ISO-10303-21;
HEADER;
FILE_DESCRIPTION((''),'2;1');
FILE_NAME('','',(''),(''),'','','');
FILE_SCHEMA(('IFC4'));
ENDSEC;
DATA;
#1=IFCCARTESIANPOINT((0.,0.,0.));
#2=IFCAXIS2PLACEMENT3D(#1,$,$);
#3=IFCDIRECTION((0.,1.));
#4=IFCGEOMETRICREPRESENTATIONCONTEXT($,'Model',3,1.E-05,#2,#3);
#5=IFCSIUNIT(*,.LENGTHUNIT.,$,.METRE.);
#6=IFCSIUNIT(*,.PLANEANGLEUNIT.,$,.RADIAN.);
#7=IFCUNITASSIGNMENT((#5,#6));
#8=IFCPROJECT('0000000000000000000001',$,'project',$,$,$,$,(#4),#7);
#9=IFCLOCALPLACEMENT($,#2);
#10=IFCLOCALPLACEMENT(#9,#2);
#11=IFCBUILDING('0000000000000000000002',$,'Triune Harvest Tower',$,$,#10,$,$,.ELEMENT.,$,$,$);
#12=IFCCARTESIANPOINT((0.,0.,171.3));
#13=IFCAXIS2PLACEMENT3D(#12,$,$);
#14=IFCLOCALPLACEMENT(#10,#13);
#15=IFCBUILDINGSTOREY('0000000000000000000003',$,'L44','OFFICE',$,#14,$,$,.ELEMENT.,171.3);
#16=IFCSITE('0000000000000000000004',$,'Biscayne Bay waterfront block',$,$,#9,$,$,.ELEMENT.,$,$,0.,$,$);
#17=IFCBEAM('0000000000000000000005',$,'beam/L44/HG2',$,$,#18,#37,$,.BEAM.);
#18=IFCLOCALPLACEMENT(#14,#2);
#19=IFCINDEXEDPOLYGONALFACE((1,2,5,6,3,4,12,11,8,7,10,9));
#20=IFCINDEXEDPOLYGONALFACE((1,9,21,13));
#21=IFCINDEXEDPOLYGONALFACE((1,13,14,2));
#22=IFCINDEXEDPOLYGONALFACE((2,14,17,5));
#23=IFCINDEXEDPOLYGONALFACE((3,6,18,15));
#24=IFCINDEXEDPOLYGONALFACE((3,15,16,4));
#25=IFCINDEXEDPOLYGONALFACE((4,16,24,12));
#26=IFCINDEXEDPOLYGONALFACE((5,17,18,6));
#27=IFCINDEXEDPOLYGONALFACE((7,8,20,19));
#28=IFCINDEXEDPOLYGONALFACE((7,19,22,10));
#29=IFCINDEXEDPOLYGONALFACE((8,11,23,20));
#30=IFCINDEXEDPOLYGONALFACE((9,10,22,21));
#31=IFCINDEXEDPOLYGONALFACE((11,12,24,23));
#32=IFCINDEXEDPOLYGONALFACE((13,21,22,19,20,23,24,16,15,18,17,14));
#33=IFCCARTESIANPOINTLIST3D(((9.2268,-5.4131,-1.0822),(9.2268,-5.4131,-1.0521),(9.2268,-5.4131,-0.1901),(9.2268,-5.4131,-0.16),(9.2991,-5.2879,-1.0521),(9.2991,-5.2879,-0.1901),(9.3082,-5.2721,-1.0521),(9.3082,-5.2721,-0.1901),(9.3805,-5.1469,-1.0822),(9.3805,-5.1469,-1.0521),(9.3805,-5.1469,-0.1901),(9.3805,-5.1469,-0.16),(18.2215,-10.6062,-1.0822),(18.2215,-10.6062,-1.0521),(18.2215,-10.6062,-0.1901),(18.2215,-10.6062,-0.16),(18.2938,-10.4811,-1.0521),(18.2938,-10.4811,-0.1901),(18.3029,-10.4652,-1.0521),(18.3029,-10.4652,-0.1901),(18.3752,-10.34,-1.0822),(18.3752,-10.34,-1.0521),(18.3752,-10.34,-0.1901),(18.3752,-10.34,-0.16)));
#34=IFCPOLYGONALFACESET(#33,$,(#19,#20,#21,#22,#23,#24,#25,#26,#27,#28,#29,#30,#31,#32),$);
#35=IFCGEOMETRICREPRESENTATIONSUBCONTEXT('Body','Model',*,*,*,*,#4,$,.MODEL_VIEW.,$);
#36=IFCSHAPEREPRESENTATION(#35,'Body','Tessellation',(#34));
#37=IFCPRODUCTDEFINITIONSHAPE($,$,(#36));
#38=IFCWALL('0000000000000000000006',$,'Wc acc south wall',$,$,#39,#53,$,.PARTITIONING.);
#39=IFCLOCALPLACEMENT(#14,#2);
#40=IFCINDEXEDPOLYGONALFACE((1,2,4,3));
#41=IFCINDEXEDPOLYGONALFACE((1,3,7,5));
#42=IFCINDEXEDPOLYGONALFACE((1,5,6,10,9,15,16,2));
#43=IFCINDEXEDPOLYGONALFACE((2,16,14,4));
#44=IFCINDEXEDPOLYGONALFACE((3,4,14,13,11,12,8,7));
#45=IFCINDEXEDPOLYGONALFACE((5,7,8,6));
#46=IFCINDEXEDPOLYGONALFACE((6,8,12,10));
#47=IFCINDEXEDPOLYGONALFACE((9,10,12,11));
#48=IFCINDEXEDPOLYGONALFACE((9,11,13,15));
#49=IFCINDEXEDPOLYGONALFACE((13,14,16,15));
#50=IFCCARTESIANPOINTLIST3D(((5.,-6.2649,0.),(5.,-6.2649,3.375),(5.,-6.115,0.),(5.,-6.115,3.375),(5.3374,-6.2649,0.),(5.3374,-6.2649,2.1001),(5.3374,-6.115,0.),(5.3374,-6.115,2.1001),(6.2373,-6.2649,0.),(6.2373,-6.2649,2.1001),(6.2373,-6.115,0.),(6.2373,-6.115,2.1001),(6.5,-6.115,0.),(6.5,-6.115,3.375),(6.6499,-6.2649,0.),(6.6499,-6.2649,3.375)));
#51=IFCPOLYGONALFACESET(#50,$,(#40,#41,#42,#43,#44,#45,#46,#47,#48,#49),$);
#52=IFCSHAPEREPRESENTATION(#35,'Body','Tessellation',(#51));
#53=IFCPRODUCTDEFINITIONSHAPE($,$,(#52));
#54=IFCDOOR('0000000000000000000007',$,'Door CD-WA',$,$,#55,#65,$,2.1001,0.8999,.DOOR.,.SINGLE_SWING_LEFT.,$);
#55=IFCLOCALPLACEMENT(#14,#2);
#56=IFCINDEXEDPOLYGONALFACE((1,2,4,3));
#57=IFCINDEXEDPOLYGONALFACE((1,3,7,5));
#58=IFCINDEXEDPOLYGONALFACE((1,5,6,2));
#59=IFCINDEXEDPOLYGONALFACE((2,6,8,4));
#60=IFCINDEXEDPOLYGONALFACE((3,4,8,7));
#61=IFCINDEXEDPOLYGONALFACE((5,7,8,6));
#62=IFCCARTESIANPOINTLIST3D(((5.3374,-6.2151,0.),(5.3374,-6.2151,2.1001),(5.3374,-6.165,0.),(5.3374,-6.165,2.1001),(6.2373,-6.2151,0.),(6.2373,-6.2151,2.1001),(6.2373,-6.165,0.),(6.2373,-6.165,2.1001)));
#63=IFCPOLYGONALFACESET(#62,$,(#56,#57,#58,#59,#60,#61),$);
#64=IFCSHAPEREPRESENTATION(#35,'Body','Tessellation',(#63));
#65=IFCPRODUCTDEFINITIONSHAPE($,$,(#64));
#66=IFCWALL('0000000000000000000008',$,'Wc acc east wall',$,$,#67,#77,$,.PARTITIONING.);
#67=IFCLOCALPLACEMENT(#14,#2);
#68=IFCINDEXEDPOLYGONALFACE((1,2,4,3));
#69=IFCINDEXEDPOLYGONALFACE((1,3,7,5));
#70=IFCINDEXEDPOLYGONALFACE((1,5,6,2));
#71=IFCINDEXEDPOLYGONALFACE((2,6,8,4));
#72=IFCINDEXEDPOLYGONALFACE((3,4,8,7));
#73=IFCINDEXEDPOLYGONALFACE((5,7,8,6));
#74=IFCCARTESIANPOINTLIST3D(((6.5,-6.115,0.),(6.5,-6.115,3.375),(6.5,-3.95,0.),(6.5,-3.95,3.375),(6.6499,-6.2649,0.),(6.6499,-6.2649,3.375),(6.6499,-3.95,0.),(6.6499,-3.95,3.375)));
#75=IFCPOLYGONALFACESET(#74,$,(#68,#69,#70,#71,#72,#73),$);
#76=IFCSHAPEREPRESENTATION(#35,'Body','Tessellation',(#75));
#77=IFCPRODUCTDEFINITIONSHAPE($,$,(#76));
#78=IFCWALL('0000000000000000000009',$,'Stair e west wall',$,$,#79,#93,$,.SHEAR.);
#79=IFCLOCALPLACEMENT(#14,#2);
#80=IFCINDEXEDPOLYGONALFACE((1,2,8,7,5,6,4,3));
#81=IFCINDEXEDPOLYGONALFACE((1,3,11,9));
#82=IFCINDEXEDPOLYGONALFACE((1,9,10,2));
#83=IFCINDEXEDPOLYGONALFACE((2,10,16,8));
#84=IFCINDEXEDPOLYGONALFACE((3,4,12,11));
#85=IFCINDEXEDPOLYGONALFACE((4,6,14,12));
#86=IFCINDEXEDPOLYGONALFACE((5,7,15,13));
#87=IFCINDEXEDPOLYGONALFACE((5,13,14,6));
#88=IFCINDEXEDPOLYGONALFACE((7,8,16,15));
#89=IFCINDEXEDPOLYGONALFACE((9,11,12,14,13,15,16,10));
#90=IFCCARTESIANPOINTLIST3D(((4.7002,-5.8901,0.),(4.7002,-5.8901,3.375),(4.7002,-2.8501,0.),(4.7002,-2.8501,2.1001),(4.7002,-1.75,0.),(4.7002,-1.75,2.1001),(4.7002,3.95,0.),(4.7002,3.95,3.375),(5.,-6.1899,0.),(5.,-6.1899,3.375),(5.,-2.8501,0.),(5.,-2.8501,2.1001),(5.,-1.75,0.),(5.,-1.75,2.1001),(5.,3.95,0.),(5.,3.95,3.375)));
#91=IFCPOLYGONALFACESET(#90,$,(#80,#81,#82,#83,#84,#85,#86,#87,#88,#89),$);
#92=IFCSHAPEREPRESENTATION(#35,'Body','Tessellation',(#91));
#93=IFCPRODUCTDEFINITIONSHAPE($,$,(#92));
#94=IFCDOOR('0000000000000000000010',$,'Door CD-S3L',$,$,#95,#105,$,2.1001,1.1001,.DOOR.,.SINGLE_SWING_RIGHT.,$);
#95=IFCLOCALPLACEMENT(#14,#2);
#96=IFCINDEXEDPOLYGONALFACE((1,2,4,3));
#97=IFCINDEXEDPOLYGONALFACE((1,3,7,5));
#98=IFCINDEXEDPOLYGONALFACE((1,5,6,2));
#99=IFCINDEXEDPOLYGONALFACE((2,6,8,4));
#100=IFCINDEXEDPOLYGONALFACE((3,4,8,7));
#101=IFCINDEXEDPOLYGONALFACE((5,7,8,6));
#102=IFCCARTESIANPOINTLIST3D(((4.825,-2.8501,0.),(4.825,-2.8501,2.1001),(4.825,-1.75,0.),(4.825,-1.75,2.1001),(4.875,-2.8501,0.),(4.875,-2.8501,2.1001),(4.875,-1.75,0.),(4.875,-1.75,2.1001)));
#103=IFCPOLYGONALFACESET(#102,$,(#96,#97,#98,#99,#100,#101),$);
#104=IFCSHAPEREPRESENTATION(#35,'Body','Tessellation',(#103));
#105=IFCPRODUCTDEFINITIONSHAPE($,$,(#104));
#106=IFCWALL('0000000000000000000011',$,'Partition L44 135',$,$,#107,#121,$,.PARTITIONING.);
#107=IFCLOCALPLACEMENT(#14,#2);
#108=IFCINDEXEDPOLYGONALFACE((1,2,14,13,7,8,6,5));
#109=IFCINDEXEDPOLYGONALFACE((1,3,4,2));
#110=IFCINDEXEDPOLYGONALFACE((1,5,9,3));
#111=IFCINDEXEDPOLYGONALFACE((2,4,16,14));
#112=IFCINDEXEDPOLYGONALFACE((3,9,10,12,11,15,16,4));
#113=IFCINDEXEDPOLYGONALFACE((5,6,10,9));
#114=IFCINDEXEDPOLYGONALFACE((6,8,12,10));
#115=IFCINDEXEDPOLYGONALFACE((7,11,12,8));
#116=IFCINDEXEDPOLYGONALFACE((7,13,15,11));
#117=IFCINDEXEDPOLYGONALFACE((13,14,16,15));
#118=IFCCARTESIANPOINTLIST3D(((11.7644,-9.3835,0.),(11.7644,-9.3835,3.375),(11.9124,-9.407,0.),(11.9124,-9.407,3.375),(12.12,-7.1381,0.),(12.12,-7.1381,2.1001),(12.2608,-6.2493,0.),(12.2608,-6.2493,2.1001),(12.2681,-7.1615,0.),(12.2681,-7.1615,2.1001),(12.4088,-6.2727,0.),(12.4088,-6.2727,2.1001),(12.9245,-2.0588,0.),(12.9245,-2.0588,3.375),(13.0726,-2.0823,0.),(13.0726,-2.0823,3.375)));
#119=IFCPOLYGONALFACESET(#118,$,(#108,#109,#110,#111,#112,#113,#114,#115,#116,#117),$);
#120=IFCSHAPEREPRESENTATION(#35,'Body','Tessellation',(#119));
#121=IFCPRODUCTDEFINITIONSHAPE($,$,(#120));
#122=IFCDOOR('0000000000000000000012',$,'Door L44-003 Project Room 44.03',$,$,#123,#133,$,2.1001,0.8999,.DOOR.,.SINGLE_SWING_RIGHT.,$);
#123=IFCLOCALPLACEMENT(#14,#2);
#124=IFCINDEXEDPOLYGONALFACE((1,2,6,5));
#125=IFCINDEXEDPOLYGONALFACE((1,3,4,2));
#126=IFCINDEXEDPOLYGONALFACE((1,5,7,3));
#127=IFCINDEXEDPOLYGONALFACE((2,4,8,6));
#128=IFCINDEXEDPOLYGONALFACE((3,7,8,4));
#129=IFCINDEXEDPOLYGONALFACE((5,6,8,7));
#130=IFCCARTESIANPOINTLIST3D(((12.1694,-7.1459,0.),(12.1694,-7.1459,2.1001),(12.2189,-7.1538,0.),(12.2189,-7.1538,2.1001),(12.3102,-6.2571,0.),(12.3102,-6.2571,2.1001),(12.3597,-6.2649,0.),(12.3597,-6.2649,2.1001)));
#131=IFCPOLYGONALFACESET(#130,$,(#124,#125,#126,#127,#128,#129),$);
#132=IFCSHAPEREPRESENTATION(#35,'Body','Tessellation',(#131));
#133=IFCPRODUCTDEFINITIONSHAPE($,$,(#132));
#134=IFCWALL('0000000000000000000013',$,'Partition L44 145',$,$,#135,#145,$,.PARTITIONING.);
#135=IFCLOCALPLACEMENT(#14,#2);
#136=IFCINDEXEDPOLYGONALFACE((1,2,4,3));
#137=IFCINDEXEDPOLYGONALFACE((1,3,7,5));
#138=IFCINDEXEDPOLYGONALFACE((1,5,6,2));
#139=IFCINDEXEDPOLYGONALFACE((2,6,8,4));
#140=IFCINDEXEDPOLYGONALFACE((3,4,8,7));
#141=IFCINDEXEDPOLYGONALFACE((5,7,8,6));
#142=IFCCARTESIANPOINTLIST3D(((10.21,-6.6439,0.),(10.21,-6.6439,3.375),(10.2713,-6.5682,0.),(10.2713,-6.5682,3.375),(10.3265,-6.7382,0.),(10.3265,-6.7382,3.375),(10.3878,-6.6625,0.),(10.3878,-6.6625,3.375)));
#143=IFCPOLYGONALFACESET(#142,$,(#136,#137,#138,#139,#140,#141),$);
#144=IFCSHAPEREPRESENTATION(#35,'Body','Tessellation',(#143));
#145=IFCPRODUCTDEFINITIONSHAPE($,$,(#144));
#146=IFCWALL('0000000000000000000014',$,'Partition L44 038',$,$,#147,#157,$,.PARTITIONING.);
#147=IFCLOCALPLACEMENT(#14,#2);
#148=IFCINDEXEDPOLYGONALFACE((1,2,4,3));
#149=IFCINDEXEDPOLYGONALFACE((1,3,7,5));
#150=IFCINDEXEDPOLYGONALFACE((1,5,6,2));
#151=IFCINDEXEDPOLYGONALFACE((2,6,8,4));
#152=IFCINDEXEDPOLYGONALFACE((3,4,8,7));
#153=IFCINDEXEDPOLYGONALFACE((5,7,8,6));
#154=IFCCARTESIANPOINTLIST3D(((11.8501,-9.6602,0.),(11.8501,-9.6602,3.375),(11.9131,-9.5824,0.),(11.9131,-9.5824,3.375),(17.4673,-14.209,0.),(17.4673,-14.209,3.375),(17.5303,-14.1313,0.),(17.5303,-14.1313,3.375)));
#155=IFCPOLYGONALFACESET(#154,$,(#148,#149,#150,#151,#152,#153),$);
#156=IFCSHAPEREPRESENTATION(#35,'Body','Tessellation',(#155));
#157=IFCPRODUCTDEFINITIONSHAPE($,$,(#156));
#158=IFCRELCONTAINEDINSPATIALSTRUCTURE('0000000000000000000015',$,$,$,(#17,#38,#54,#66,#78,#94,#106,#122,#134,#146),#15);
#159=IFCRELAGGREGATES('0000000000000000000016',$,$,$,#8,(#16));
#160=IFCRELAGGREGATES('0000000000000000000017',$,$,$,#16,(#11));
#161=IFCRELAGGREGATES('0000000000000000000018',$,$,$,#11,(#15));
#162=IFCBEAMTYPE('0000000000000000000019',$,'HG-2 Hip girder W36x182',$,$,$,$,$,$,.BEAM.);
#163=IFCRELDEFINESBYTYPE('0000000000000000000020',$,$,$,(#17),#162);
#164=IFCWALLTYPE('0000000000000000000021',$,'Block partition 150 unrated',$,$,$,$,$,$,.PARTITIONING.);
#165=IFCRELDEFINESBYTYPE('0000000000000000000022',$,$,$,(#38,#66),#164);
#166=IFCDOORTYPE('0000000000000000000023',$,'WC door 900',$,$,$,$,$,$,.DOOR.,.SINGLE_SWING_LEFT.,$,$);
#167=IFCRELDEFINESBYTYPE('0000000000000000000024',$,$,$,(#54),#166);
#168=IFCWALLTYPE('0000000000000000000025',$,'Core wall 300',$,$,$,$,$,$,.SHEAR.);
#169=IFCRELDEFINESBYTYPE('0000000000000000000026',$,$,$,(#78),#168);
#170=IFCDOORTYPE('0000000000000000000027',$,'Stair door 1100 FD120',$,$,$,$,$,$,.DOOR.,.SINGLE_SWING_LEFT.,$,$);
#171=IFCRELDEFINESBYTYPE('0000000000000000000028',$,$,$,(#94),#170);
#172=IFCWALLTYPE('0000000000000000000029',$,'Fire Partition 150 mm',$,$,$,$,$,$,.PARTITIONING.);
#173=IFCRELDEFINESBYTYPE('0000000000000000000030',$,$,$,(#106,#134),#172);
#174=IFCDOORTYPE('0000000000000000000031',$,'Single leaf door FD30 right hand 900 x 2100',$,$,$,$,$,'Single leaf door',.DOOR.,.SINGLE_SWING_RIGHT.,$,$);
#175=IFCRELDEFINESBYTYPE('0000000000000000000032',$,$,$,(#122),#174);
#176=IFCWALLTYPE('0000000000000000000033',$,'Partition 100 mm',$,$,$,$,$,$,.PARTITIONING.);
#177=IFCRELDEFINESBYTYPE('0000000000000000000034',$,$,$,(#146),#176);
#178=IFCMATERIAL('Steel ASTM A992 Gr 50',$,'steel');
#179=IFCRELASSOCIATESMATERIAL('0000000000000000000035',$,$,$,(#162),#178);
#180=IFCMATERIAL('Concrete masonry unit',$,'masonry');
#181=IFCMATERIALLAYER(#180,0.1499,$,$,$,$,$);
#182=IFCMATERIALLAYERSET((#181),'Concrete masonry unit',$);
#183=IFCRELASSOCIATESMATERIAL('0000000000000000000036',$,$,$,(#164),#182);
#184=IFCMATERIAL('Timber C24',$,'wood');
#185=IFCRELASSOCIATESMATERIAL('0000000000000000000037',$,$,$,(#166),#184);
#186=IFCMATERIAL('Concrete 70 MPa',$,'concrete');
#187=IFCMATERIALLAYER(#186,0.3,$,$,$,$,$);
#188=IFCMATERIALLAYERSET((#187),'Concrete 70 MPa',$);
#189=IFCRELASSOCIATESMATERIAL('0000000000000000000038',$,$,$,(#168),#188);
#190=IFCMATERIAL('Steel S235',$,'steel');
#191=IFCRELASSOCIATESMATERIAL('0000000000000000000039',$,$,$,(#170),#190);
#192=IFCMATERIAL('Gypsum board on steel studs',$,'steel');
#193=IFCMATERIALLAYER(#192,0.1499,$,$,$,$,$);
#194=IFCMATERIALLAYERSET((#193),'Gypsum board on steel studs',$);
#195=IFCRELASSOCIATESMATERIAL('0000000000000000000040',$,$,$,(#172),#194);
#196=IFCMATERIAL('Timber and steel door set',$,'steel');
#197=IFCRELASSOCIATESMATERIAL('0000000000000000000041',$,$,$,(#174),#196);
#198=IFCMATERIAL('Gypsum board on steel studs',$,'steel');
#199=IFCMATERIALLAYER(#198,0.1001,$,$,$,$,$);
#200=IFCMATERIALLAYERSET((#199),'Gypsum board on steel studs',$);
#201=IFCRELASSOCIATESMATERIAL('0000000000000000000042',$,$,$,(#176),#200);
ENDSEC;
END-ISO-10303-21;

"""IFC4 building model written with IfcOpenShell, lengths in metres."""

from ifc_helpers import new_model, si_unit, direction, frame, frame_2d, origin, origin_2d, place, context, subcontext, project, spatial, polyline, rectangle, i_section, outline, extrude, source, transform, mapped, material, layer, layer_set, material_profile, profile_set, type_object, element, fill, save


model = new_model("IFC4")

# Units and contexts
model_context = context("Model", 3, precision=1e-05, world=origin(), true_north=direction((0.0, 1.0)))
body_context = subcontext(model_context, "Body", "Model", "MODEL_VIEW")
ifc_project = project(units=[si_unit("LENGTHUNIT", "METRE"), si_unit("PLANEANGLEUNIT", "RADIAN")], contexts=[model_context])

# Site, building, storey
site_placement = place(None, origin())
site = spatial("IfcSite", under=ifc_project, at=site_placement, Name="Biscayne Bay waterfront block", CompositionType="ELEMENT", RefElevation=0.0)
building_placement = place(site_placement, origin())
building = spatial("IfcBuilding", under=site, at=building_placement, Name="Triune Harvest Tower", CompositionType="ELEMENT")
storey_placement = place(building_placement, frame((0.0, 0.0, 171.3)))
storey = spatial("IfcBuildingStorey", under=building, at=storey_placement, Name="L44", Description="OFFICE", CompositionType="ELEMENT", Elevation=171.3)

# Beam
ifc_material_1 = material(Name="Steel ASTM A992 Gr 50", Category="steel")
ifc_material_profile = material_profile(ifc_material_1, i_section(OverallWidth=0.3074, OverallDepth=0.9221, WebThickness=0.0183, FlangeThickness=0.03, at=origin_2d()), Name="W36x182")
ifc_profile_set = profile_set([ifc_material_profile], Name="Steel ASTM A992 Gr 50")
beam_type = type_object("IfcBeamType", Name="HG-2 Hip girder W36x182", PredefinedType="BEAM", material=ifc_profile_set)
shared_shape_1 = source(origin(), body_context, "Body", "SweptSolid", [
    extrude(i_section(OverallWidth=0.3074, OverallDepth=0.9221, WebThickness=0.0183, FlangeThickness=0.03, at=origin_2d()), origin(), (0.0, 0.0, 1.0), 10.3862),
])
beam_placement = place(storey_placement, frame((18.2983, -10.4731, -0.6211), z_axis=(-0.866023, 0.500005, 0.0), x_axis=(-0.500005, -0.866023, 0.0)))
element("IfcBeam", 1, at=beam_placement, inside=storey, type_object=beam_type, Name="beam/L44/HG2", PredefinedType="BEAM", context=body_context, shape_type="MappedRepresentation", body=[
    mapped(shared_shape_1, transform((0.0, 0.0, 0.0), scale=1.0)),
])

# Wall, opening, door
ifc_material_2 = material(Name="Concrete masonry unit", Category="masonry")
ifc_layer_1 = layer(ifc_material_2, 0.1499)
ifc_layer_set_1 = layer_set([ifc_layer_1], Name="Concrete masonry unit")
wall_type_1 = type_object("IfcWallType", Name="Block partition 150 unrated", PredefinedType="PARTITIONING", material=ifc_layer_set_1)
wall_1_placement = place(storey_placement, frame((5.0, -6.1899, 0.0), z_axis=(0.0, 0.0, 1.0), x_axis=(1.0, 0.0, 0.0)))
wall_1 = element("IfcWall", 2, at=wall_1_placement, inside=storey, type_object=wall_type_1, Name="Wc acc south wall", PredefinedType="PARTITIONING", context=body_context, shape_type="SweptSolid", body=[
    extrude(outline(polyline([(0.0, -0.075), (1.6499, -0.075), (1.5, 0.075), (0.0, 0.075), (0.0, -0.075)])), origin(), (0.0, 0.0, 1.0), 3.375),
])
opening_1_placement = place(wall_1_placement, frame((0.3374, 0.0, 0.0)))
opening_1 = element("IfcOpeningElement", 3, at=opening_1_placement, cuts=wall_1, PredefinedType="OPENING", context=body_context, shape_type="SweptSolid", body=[
    extrude(rectangle(XDim=0.8999, YDim=2.1001, at=frame_2d((0.45, 1.05))), frame((0.0, 0.085, 0.0), z_axis=(0.0, -1.0, 0.0), x_axis=(1.0, 0.0, 0.0)), (0.0, 0.0, 1.0), 0.1699),
])
ifc_material_3 = material(Name="Timber C24", Category="wood")
door_type_1 = type_object("IfcDoorType", Name="WC door 900", OperationType="SINGLE_SWING_LEFT", PredefinedType="DOOR", material=ifc_material_3)
door_1_placement = place(opening_1_placement, origin())
door_1 = element("IfcDoor", 4, at=door_1_placement, inside=storey, type_object=door_type_1, Name="Door CD-WA", OperationType="SINGLE_SWING_LEFT", OverallHeight=2.1001, OverallWidth=0.8999, PredefinedType="DOOR", context=body_context, shape_type="SweptSolid", body=[
    extrude(rectangle(XDim=0.8999, YDim=2.1001, at=frame_2d((0.45, 1.05))), frame((0.0, 0.0249, 0.0), z_axis=(0.0, -1.0, 0.0), x_axis=(1.0, 0.0, 0.0)), (0.0, 0.0, 1.0), 0.05),
])
fill(opening_1, door_1)

# Wall
wall_2_placement = place(storey_placement, frame((6.575, -6.1899, 0.0), z_axis=(0.0, 0.0, 1.0), x_axis=(0.0, 1.0, 0.0)))
element("IfcWall", 5, at=wall_2_placement, inside=storey, type_object=wall_type_1, Name="Wc acc east wall", PredefinedType="PARTITIONING", context=body_context, shape_type="SweptSolid", body=[
    extrude(outline(polyline([(-0.075, -0.075), (2.24, -0.075), (2.24, 0.075), (0.075, 0.075), (-0.075, -0.075)])), origin(), (0.0, 0.0, 1.0), 3.375),
])

# Walls, openings, doors
ifc_material_4 = material(Name="Concrete 70 MPa", Category="concrete")
ifc_layer_2 = layer(ifc_material_4, 0.3)
ifc_layer_set_2 = layer_set([ifc_layer_2], Name="Concrete 70 MPa")
wall_type_2 = type_object("IfcWallType", Name="Core wall 300", PredefinedType="SHEAR", material=ifc_layer_set_2)
wall_3_placement = place(storey_placement, frame((4.8501, -6.04, 0.0), z_axis=(0.0, 0.0, 1.0), x_axis=(0.0, 1.0, 0.0)))
wall_3 = element("IfcWall", 6, at=wall_3_placement, inside=storey, type_object=wall_type_2, Name="Stair e west wall", PredefinedType="SHEAR", context=body_context, shape_type="SweptSolid", body=[
    extrude(outline(polyline([(-0.1499, -0.1499), (9.99, -0.1499), (9.99, 0.1499), (0.1499, 0.1499), (-0.1499, -0.1499)])), origin(), (0.0, 0.0, 1.0), 3.375),
])
opening_2_placement = place(wall_3_placement, frame((3.1899, 0.0, 0.0)))
opening_2 = element("IfcOpeningElement", 7, at=opening_2_placement, cuts=wall_3, PredefinedType="OPENING", context=body_context, shape_type="SweptSolid", body=[
    extrude(rectangle(XDim=1.1001, YDim=2.1001, at=frame_2d((0.55, 1.05))), frame((0.0, 0.1602, 0.0), z_axis=(0.0, -1.0, 0.0), x_axis=(1.0, 0.0, 0.0)), (0.0, 0.0, 1.0), 0.3201),
])
ifc_material_5 = material(Name="Steel S235", Category="steel")
door_type_2 = type_object("IfcDoorType", Name="Stair door 1100 FD120", OperationType="SINGLE_SWING_LEFT", PredefinedType="DOOR", material=ifc_material_5)
door_2_placement = place(opening_2_placement, frame((1.1001, 0.0, 0.0), z_axis=(0.0, 0.0, 1.0), x_axis=(-1.0, 0.0, 0.0)))
door_2 = element("IfcDoor", 8, at=door_2_placement, inside=storey, type_object=door_type_2, Name="Door CD-S3L", OperationType="SINGLE_SWING_RIGHT", OverallHeight=2.1001, OverallWidth=1.1001, PredefinedType="DOOR", context=body_context, shape_type="SweptSolid", body=[
    extrude(rectangle(XDim=1.1001, YDim=2.1001, at=frame_2d((0.55, 1.05))), frame((0.0, 0.0249, 0.0), z_axis=(0.0, -1.0, 0.0), x_axis=(1.0, 0.0, 0.0)), (0.0, 0.0, 1.0), 0.05),
])
fill(opening_2, door_2)
ifc_material_6 = material(Name="Gypsum board on steel studs", Category="steel")
ifc_layer_3 = layer(ifc_material_6, 0.1499)
ifc_layer_set_3 = layer_set([ifc_layer_3], Name="Gypsum board on steel studs")
wall_type_3 = type_object("IfcWallType", Name="Fire Partition 150 mm", PredefinedType="PARTITIONING", material=ifc_layer_set_3)
wall_4_placement = place(storey_placement, frame((11.8384, -9.3953, 0.0), z_axis=(0.0, 0.0, 1.0), x_axis=(0.156439, 0.987688, 0.0)))
wall_4 = element("IfcWall", 9, at=wall_4_placement, inside=storey, type_object=wall_type_3, Name="Partition L44 135", PredefinedType="PARTITIONING", context=body_context, shape_type="SweptSolid", body=[
    extrude(rectangle(XDim=7.416, YDim=0.1499, at=frame_2d((3.708, 0.0))), origin(), (0.0, 0.0, 1.0), 3.375),
])
opening_3_placement = place(wall_4_placement, frame((2.2734, 0.0, 0.0)))
opening_3 = element("IfcOpeningElement", 10, at=opening_3_placement, cuts=wall_4, PredefinedType="OPENING", context=body_context, shape_type="SweptSolid", body=[
    extrude(rectangle(XDim=0.8999, YDim=2.1001, at=frame_2d((0.45, 1.05))), frame((0.0, 0.085, 0.0), z_axis=(0.0, -1.0, 0.0), x_axis=(1.0, 0.0, 0.0)), (0.0, 0.0, 1.0), 0.1699),
])
ifc_material_7 = material(Name="Timber and steel door set", Category="steel")
door_type_3 = type_object("IfcDoorType", Name="Single leaf door FD30 right hand 900 x 2100", ElementType="Single leaf door", OperationType="SINGLE_SWING_RIGHT", PredefinedType="DOOR", material=ifc_material_7)
door_3_placement = place(opening_3_placement, origin())
door_3 = element("IfcDoor", 11, at=door_3_placement, inside=storey, type_object=door_type_3, Name="Door L44-003 Project Room 44.03", OperationType="SINGLE_SWING_RIGHT", OverallHeight=2.1001, OverallWidth=0.8999, PredefinedType="DOOR", context=body_context, shape_type="SweptSolid", body=[
    extrude(rectangle(XDim=0.8999, YDim=2.1001, at=frame_2d((0.45, 1.05))), frame((0.0, 0.0249, 0.0), z_axis=(0.0, -1.0, 0.0), x_axis=(1.0, 0.0, 0.0)), (0.0, 0.0, 1.0), 0.05),
])
fill(opening_3, door_3)

# Walls
wall_5_placement = place(storey_placement, frame((10.3296, -6.6152, 0.0), z_axis=(0.0, 0.0, 1.0), x_axis=(-0.62927, -0.777186, 0.0)))
element("IfcWall", 12, at=wall_5_placement, inside=storey, type_object=wall_type_3, Name="Partition L44 145", PredefinedType="PARTITIONING", context=body_context, shape_type="SweptSolid", body=[
    extrude(rectangle(XDim=0.0974, YDim=0.1499, at=frame_2d((0.0488, 0.0))), origin(), (0.0, 0.0, 1.0), 3.375),
])
ifc_material_8 = material(Name="Gypsum board on steel studs", Category="steel")
ifc_layer_4 = layer(ifc_material_8, 0.1001)
ifc_layer_set_4 = layer_set([ifc_layer_4], Name="Gypsum board on steel studs")
wall_type_4 = type_object("IfcWallType", Name="Partition 100 mm", PredefinedType="PARTITIONING", material=ifc_layer_set_4)
wall_6_placement = place(storey_placement, frame((11.8816, -9.6213, 0.0), z_axis=(0.0, 0.0, 1.0), x_axis=(0.777138, -0.62933, 0.0)))
element("IfcWall", 13, at=wall_6_placement, inside=storey, type_object=wall_type_4, Name="Partition L44 038", PredefinedType="PARTITIONING", context=body_context, shape_type="SweptSolid", body=[
    extrude(rectangle(XDim=7.228, YDim=0.1001, at=frame_2d((3.614, 0.0))), origin(), (0.0, 0.0, 1.0), 3.375),
])

save(model, "model.ifc")
